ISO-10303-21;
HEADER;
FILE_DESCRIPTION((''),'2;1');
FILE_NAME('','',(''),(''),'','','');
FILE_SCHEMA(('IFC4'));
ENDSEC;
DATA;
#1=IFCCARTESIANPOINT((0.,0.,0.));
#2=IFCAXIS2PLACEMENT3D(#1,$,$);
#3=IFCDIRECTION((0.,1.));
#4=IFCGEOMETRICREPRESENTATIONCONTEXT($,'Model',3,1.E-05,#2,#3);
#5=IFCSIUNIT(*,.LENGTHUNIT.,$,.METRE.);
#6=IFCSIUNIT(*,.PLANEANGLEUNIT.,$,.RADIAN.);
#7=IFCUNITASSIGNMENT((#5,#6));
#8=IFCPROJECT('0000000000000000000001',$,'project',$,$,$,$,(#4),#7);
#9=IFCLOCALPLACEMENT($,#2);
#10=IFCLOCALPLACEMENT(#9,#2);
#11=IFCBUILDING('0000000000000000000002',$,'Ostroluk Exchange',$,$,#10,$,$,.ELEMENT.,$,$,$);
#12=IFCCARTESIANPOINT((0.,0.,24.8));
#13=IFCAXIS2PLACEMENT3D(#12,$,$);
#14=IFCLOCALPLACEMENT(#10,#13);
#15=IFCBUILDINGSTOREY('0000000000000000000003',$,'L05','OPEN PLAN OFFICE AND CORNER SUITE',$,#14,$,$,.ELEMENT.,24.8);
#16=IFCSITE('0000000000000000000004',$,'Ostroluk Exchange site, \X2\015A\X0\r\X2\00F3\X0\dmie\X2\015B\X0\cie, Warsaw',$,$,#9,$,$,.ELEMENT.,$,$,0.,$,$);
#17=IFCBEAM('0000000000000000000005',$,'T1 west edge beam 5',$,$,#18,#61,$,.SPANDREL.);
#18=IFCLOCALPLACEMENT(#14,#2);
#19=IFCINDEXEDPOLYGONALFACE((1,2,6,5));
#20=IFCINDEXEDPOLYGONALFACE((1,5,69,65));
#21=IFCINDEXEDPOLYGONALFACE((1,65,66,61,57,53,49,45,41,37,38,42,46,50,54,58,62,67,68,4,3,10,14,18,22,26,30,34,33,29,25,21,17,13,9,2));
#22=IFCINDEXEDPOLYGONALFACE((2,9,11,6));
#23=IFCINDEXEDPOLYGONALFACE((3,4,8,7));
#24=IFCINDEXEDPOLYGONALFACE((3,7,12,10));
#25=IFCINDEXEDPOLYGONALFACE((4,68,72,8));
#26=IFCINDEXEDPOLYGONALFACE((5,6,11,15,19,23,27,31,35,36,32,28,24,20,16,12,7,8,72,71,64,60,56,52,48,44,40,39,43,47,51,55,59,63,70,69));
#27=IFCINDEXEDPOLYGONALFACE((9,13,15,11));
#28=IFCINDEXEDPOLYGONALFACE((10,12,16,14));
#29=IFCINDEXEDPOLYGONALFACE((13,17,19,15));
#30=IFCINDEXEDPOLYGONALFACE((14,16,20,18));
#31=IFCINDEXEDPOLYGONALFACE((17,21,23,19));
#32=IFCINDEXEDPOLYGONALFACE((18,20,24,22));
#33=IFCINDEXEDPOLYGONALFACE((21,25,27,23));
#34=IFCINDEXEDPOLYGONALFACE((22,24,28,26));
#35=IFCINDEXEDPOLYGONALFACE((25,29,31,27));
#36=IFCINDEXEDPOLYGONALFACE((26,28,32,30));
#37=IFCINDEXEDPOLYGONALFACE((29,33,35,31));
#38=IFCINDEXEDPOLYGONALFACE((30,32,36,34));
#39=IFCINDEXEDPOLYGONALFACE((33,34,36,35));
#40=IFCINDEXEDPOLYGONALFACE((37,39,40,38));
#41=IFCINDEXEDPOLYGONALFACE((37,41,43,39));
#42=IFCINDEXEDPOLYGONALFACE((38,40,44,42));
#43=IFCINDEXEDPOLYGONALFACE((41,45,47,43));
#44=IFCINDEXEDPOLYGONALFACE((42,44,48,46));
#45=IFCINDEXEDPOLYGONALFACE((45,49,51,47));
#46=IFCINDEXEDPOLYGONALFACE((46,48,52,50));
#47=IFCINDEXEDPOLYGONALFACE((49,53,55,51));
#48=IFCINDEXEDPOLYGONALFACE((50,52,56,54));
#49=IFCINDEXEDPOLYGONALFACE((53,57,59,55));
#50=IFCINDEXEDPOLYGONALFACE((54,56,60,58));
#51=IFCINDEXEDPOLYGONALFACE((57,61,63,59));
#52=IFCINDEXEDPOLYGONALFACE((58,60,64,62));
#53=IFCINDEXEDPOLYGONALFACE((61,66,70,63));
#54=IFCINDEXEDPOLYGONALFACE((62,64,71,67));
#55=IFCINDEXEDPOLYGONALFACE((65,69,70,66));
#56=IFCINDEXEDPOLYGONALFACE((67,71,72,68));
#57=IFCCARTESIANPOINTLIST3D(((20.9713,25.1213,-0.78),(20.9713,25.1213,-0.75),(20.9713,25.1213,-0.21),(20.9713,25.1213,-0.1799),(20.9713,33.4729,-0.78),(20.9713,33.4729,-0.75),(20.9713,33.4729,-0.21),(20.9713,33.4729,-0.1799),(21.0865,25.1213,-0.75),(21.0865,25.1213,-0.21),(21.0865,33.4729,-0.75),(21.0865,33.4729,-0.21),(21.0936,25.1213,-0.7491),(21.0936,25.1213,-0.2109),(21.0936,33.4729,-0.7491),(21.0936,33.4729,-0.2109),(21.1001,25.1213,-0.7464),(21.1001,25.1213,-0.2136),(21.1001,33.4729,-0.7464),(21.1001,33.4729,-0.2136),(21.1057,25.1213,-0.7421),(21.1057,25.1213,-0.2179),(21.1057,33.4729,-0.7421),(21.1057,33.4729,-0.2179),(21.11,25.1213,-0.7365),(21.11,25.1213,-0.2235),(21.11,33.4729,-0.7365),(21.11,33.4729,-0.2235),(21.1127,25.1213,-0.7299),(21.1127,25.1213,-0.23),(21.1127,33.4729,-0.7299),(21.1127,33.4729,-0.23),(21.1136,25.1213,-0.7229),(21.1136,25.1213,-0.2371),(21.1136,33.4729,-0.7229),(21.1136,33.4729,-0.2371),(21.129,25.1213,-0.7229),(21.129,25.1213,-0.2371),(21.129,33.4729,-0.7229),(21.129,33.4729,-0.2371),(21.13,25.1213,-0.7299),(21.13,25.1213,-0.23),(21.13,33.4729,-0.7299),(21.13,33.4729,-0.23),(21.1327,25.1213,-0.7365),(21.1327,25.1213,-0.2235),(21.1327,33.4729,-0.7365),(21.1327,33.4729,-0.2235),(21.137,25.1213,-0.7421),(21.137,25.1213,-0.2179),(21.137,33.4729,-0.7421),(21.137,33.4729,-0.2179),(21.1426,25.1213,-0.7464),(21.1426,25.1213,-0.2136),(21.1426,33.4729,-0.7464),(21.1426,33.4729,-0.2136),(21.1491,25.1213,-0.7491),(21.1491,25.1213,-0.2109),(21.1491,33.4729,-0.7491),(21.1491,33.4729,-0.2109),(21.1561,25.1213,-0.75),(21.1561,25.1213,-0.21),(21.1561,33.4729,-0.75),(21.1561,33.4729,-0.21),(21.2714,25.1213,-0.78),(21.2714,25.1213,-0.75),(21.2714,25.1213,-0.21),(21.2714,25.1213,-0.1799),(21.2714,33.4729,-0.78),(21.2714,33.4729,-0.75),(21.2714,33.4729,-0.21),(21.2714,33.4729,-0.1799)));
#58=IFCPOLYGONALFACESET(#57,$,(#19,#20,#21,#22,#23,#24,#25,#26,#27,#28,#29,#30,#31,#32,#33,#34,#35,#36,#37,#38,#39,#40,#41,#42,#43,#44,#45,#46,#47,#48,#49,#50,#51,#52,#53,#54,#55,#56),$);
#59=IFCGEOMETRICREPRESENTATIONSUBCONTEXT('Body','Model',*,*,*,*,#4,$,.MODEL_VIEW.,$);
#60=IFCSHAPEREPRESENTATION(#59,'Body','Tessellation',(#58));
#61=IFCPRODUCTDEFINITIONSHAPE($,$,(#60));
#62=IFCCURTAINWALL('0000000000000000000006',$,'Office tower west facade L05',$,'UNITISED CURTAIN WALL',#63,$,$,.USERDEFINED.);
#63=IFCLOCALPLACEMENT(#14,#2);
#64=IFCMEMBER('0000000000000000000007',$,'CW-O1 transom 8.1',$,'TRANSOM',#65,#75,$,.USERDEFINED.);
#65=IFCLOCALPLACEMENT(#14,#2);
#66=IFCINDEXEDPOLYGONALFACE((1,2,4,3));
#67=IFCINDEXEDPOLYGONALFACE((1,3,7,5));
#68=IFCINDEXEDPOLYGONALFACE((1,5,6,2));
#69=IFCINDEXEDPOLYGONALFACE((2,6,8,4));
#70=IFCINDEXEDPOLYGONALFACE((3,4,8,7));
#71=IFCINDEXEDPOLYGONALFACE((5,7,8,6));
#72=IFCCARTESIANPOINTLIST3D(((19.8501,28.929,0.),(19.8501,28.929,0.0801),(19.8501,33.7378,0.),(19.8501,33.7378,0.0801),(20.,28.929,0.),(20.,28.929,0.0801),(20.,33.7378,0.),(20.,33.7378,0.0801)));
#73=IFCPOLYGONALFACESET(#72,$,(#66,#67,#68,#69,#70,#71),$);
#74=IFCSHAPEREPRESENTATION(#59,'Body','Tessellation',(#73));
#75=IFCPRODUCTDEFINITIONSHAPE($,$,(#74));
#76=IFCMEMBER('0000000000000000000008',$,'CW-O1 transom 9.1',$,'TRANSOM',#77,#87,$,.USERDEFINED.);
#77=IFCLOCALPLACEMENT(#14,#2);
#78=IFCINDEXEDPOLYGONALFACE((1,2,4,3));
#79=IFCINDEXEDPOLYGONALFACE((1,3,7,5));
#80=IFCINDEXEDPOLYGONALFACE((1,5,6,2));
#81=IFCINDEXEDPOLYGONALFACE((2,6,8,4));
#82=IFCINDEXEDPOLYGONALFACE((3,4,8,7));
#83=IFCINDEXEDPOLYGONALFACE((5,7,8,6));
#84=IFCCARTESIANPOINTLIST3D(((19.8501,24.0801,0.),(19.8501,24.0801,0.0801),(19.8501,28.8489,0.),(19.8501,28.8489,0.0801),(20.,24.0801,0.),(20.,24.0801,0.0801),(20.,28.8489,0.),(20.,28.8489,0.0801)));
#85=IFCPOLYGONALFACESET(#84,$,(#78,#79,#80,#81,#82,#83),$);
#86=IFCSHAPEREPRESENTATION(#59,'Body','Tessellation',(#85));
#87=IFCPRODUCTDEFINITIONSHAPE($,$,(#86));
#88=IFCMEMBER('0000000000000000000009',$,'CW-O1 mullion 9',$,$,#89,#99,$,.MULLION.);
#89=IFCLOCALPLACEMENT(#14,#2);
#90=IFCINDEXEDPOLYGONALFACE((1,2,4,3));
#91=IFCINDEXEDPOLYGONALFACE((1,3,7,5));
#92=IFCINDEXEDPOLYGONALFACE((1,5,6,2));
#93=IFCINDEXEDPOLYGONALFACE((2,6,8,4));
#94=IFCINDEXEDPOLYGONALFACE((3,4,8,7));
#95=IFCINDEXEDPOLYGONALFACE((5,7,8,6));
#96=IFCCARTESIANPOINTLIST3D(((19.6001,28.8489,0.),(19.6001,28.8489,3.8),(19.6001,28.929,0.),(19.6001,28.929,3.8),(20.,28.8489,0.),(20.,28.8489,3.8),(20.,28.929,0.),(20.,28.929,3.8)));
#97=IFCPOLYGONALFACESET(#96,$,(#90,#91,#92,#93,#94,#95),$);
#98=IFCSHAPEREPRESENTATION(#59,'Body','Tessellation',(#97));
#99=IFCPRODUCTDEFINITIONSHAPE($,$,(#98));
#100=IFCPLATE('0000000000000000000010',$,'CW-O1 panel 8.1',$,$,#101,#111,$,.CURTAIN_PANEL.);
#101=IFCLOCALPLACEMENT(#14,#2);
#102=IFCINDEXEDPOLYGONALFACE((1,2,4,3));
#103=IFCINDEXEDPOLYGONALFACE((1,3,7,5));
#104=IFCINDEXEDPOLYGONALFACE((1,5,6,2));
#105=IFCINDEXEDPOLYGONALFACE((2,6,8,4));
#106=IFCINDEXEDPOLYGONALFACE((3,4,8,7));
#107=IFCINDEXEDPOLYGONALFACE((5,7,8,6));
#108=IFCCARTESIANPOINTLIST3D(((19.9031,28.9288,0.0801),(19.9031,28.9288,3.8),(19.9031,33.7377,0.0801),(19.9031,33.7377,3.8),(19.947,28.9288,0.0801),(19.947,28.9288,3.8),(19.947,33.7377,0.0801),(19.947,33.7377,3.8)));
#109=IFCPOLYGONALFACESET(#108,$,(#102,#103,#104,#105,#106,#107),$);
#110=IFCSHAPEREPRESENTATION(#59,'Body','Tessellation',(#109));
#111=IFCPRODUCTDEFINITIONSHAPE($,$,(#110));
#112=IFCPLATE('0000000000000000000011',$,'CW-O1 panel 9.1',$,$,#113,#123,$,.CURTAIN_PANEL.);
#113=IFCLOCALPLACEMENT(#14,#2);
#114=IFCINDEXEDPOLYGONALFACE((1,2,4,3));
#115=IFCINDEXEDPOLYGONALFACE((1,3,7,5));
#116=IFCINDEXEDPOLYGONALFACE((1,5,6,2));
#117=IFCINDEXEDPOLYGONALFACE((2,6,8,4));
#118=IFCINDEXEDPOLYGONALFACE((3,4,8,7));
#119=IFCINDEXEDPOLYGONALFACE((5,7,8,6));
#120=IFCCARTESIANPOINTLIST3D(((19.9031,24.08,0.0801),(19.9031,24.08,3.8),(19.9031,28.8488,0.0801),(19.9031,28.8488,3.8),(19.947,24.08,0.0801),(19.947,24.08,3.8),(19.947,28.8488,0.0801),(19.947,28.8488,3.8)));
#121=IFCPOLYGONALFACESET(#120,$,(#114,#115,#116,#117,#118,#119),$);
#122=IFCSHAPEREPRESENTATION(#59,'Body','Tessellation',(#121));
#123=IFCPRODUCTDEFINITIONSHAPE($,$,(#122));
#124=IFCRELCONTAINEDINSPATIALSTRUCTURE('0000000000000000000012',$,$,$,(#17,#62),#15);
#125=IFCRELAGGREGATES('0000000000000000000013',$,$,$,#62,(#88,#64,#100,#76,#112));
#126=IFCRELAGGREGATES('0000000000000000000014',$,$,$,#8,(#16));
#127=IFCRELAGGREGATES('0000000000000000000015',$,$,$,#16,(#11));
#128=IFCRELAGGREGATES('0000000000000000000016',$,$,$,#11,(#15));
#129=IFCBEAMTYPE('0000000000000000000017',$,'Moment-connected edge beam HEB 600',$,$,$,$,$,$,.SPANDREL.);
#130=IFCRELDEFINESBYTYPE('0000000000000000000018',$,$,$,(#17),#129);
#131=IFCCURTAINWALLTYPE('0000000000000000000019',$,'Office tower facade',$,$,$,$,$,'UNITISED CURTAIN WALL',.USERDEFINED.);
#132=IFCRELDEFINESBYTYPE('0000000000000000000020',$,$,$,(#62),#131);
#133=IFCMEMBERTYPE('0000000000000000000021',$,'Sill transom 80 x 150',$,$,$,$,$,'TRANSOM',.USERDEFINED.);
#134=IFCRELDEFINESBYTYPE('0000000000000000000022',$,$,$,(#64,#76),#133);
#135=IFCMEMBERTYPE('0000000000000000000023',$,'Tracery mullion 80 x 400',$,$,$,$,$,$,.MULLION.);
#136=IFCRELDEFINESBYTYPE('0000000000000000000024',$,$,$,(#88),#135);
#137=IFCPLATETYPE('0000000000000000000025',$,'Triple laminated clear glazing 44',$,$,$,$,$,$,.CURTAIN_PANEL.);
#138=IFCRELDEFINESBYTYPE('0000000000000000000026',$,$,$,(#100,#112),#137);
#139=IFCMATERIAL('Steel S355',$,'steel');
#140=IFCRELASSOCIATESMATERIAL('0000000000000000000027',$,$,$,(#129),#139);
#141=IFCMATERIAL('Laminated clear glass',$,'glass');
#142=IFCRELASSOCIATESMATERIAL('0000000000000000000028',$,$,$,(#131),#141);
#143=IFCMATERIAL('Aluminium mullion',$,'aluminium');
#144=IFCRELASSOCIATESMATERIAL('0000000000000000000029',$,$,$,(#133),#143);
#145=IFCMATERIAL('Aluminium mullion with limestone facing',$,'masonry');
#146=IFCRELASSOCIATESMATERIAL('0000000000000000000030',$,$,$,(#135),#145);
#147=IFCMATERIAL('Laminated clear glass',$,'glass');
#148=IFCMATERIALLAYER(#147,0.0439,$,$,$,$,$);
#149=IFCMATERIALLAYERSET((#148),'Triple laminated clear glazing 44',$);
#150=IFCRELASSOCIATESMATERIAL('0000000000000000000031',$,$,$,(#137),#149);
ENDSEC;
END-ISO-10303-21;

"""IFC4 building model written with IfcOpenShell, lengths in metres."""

from ifc_helpers import new_model, si_unit, direction, frame, origin, origin_2d, place, context, subcontext, project, spatial, rectangle, i_section, extrude, material, layer, layer_set, material_profile, profile_set, type_object, element, aggregate, save


model = new_model("IFC4")

# Units and contexts
model_context = context("Model", 3, precision=1e-05, world=origin(), true_north=direction((0.0, 1.0)))
body_context = subcontext(model_context, "Body", "Model", "MODEL_VIEW")
ifc_project = project(units=[si_unit("LENGTHUNIT", "METRE"), si_unit("PLANEANGLEUNIT", "RADIAN")], contexts=[model_context])

# Site, building, storey
site_placement = place(None, origin())
site = spatial("IfcSite", under=ifc_project, at=site_placement, Name="Ostroluk Exchange site, Śródmieście, Warsaw", CompositionType="ELEMENT", RefElevation=0.0)
building_placement = place(site_placement, origin())
building = spatial("IfcBuilding", under=site, at=building_placement, Name="Ostroluk Exchange", CompositionType="ELEMENT")
storey_placement = place(building_placement, frame((0.0, 0.0, 24.8)))
storey = spatial("IfcBuildingStorey", under=building, at=storey_placement, Name="L05", Description="OPEN PLAN OFFICE AND CORNER SUITE", CompositionType="ELEMENT", Elevation=24.8)

# Beam
ifc_material_1 = material(Name="Steel S355", Category="steel")
ifc_material_profile_1 = material_profile(ifc_material_1, i_section(OverallWidth=0.3, OverallDepth=0.6001, WebThickness=0.0154, FlangeThickness=0.03, FilletRadius=0.0271, at=origin_2d()), Name="HEB 600")
ifc_profile_set_1 = profile_set([ifc_material_profile_1], Name="Steel S355")
beam_type_1 = type_object("IfcBeamType", Name="Moment-connected edge beam HEB 600", PredefinedType="SPANDREL", material=ifc_profile_set_1)
beam_1_placement = place(storey_placement, frame((21.1213, 33.4729, -0.48), z_axis=(0.0, -1.0, 0.0), x_axis=(1.0, 0.0, 0.0)))
element("IfcBeam", 1, at=beam_1_placement, inside=storey, type_object=beam_type_1, Name="T1 west edge beam 5", PredefinedType="SPANDREL", context=body_context, shape_type="SweptSolid", body=[
    extrude(i_section(OverallWidth=0.3, OverallDepth=0.6001, WebThickness=0.0154, FlangeThickness=0.03, FilletRadius=0.0271, at=origin_2d()), origin(), (0.0, 0.0, 1.0), 8.3516),
])

# Curtain wall, members, plates
ifc_material_2 = material(Name="Laminated clear glass", Category="glass")
curtain_wall_type = type_object("IfcCurtainWallType", Name="Office tower facade", ElementType="UNITISED CURTAIN WALL", PredefinedType="USERDEFINED", material=ifc_material_2)
curtain_wall_placement = place(storey_placement, origin())
curtain_wall = element("IfcCurtainWall", 2, at=curtain_wall_placement, inside=storey, type_object=curtain_wall_type, Name="Office tower west facade L05", ObjectType="UNITISED CURTAIN WALL", PredefinedType="USERDEFINED")
ifc_material_3 = material(Name="Aluminium mullion", Category="aluminium")
ifc_material_profile_2 = material_profile(ifc_material_3, rectangle(XDim=0.1499, YDim=0.0801, at=origin_2d()), Name="Sill transom 80 x 150")
ifc_profile_set_2 = profile_set([ifc_material_profile_2], Name="Aluminium mullion")
member_type_1 = type_object("IfcMemberType", Name="Sill transom 80 x 150", ElementType="TRANSOM", PredefinedType="USERDEFINED", material=ifc_profile_set_2)
member_1_placement = place(storey_placement, frame((19.925, 33.7378, 0.04), z_axis=(0.0, -1.0, 0.0), x_axis=(1.0, 0.0, 0.0)))
member_1 = element("IfcMember", 3, at=member_1_placement, type_object=member_type_1, Name="CW-O1 transom 8.1", ObjectType="TRANSOM", PredefinedType="USERDEFINED", context=body_context, shape_type="SweptSolid", body=[
    extrude(rectangle(XDim=0.1499, YDim=0.0801, at=origin_2d()), origin(), (0.0, 0.0, 1.0), 4.8088),
])
member_2_placement = place(storey_placement, frame((19.925, 28.8489, 0.04), z_axis=(0.0, -1.0, 0.0), x_axis=(1.0, 0.0, 0.0)))
member_2 = element("IfcMember", 4, at=member_2_placement, type_object=member_type_1, Name="CW-O1 transom 9.1", ObjectType="TRANSOM", PredefinedType="USERDEFINED", context=body_context, shape_type="SweptSolid", body=[
    extrude(rectangle(XDim=0.1499, YDim=0.0801, at=origin_2d()), origin(), (0.0, 0.0, 1.0), 4.7688),
])
ifc_material_4 = material(Name="Aluminium mullion with limestone facing", Category="masonry")
ifc_material_profile_3 = material_profile(ifc_material_4, rectangle(XDim=0.3999, YDim=0.0801, at=origin_2d()), Name="Tracery mullion 80 x 400")
ifc_profile_set_3 = profile_set([ifc_material_profile_3], Name="Aluminium mullion with limestone facing")
member_type_2 = type_object("IfcMemberType", Name="Tracery mullion 80 x 400", PredefinedType="MULLION", material=ifc_profile_set_3)
member_3_placement = place(storey_placement, frame((19.8, 28.8889, 0.0), z_axis=(0.0, 0.0, 1.0), x_axis=(1.0, 0.0, 0.0)))
member_3 = element("IfcMember", 5, at=member_3_placement, type_object=member_type_2, Name="CW-O1 mullion 9", PredefinedType="MULLION", context=body_context, shape_type="SweptSolid", body=[
    extrude(rectangle(XDim=0.3999, YDim=0.0801, at=origin_2d()), origin(), (0.0, 0.0, 1.0), 3.8),
])
ifc_material_5 = material(Name="Laminated clear glass", Category="glass")
ifc_layer = layer(ifc_material_5, 0.0439)
ifc_layer_set = layer_set([ifc_layer], Name="Triple laminated clear glazing 44")
plate_type = type_object("IfcPlateType", Name="Triple laminated clear glazing 44", PredefinedType="CURTAIN_PANEL", material=ifc_layer_set)
plate_1_placement = place(storey_placement, frame((19.925, 31.3333, 0.0801), z_axis=(0.0, 0.0, 1.0), x_axis=(0.0, -1.0, 0.0)))
plate_1 = element("IfcPlate", 6, at=plate_1_placement, type_object=plate_type, Name="CW-O1 panel 8.1", PredefinedType="CURTAIN_PANEL", context=body_context, shape_type="SweptSolid", body=[
    extrude(rectangle(XDim=4.8088, YDim=0.0439, at=origin_2d()), origin(), (0.0, 0.0, 1.0), 3.72),
])
plate_2_placement = place(storey_placement, frame((19.925, 26.4644, 0.0801), z_axis=(0.0, 0.0, 1.0), x_axis=(0.0, -1.0, 0.0)))
plate_2 = element("IfcPlate", 7, at=plate_2_placement, type_object=plate_type, Name="CW-O1 panel 9.1", PredefinedType="CURTAIN_PANEL", context=body_context, shape_type="SweptSolid", body=[
    extrude(rectangle(XDim=4.7688, YDim=0.0439, at=origin_2d()), origin(), (0.0, 0.0, 1.0), 3.72),
])
aggregate(curtain_wall, [member_3, member_1, plate_1, member_2, plate_2])

save(model, "model.ifc")
